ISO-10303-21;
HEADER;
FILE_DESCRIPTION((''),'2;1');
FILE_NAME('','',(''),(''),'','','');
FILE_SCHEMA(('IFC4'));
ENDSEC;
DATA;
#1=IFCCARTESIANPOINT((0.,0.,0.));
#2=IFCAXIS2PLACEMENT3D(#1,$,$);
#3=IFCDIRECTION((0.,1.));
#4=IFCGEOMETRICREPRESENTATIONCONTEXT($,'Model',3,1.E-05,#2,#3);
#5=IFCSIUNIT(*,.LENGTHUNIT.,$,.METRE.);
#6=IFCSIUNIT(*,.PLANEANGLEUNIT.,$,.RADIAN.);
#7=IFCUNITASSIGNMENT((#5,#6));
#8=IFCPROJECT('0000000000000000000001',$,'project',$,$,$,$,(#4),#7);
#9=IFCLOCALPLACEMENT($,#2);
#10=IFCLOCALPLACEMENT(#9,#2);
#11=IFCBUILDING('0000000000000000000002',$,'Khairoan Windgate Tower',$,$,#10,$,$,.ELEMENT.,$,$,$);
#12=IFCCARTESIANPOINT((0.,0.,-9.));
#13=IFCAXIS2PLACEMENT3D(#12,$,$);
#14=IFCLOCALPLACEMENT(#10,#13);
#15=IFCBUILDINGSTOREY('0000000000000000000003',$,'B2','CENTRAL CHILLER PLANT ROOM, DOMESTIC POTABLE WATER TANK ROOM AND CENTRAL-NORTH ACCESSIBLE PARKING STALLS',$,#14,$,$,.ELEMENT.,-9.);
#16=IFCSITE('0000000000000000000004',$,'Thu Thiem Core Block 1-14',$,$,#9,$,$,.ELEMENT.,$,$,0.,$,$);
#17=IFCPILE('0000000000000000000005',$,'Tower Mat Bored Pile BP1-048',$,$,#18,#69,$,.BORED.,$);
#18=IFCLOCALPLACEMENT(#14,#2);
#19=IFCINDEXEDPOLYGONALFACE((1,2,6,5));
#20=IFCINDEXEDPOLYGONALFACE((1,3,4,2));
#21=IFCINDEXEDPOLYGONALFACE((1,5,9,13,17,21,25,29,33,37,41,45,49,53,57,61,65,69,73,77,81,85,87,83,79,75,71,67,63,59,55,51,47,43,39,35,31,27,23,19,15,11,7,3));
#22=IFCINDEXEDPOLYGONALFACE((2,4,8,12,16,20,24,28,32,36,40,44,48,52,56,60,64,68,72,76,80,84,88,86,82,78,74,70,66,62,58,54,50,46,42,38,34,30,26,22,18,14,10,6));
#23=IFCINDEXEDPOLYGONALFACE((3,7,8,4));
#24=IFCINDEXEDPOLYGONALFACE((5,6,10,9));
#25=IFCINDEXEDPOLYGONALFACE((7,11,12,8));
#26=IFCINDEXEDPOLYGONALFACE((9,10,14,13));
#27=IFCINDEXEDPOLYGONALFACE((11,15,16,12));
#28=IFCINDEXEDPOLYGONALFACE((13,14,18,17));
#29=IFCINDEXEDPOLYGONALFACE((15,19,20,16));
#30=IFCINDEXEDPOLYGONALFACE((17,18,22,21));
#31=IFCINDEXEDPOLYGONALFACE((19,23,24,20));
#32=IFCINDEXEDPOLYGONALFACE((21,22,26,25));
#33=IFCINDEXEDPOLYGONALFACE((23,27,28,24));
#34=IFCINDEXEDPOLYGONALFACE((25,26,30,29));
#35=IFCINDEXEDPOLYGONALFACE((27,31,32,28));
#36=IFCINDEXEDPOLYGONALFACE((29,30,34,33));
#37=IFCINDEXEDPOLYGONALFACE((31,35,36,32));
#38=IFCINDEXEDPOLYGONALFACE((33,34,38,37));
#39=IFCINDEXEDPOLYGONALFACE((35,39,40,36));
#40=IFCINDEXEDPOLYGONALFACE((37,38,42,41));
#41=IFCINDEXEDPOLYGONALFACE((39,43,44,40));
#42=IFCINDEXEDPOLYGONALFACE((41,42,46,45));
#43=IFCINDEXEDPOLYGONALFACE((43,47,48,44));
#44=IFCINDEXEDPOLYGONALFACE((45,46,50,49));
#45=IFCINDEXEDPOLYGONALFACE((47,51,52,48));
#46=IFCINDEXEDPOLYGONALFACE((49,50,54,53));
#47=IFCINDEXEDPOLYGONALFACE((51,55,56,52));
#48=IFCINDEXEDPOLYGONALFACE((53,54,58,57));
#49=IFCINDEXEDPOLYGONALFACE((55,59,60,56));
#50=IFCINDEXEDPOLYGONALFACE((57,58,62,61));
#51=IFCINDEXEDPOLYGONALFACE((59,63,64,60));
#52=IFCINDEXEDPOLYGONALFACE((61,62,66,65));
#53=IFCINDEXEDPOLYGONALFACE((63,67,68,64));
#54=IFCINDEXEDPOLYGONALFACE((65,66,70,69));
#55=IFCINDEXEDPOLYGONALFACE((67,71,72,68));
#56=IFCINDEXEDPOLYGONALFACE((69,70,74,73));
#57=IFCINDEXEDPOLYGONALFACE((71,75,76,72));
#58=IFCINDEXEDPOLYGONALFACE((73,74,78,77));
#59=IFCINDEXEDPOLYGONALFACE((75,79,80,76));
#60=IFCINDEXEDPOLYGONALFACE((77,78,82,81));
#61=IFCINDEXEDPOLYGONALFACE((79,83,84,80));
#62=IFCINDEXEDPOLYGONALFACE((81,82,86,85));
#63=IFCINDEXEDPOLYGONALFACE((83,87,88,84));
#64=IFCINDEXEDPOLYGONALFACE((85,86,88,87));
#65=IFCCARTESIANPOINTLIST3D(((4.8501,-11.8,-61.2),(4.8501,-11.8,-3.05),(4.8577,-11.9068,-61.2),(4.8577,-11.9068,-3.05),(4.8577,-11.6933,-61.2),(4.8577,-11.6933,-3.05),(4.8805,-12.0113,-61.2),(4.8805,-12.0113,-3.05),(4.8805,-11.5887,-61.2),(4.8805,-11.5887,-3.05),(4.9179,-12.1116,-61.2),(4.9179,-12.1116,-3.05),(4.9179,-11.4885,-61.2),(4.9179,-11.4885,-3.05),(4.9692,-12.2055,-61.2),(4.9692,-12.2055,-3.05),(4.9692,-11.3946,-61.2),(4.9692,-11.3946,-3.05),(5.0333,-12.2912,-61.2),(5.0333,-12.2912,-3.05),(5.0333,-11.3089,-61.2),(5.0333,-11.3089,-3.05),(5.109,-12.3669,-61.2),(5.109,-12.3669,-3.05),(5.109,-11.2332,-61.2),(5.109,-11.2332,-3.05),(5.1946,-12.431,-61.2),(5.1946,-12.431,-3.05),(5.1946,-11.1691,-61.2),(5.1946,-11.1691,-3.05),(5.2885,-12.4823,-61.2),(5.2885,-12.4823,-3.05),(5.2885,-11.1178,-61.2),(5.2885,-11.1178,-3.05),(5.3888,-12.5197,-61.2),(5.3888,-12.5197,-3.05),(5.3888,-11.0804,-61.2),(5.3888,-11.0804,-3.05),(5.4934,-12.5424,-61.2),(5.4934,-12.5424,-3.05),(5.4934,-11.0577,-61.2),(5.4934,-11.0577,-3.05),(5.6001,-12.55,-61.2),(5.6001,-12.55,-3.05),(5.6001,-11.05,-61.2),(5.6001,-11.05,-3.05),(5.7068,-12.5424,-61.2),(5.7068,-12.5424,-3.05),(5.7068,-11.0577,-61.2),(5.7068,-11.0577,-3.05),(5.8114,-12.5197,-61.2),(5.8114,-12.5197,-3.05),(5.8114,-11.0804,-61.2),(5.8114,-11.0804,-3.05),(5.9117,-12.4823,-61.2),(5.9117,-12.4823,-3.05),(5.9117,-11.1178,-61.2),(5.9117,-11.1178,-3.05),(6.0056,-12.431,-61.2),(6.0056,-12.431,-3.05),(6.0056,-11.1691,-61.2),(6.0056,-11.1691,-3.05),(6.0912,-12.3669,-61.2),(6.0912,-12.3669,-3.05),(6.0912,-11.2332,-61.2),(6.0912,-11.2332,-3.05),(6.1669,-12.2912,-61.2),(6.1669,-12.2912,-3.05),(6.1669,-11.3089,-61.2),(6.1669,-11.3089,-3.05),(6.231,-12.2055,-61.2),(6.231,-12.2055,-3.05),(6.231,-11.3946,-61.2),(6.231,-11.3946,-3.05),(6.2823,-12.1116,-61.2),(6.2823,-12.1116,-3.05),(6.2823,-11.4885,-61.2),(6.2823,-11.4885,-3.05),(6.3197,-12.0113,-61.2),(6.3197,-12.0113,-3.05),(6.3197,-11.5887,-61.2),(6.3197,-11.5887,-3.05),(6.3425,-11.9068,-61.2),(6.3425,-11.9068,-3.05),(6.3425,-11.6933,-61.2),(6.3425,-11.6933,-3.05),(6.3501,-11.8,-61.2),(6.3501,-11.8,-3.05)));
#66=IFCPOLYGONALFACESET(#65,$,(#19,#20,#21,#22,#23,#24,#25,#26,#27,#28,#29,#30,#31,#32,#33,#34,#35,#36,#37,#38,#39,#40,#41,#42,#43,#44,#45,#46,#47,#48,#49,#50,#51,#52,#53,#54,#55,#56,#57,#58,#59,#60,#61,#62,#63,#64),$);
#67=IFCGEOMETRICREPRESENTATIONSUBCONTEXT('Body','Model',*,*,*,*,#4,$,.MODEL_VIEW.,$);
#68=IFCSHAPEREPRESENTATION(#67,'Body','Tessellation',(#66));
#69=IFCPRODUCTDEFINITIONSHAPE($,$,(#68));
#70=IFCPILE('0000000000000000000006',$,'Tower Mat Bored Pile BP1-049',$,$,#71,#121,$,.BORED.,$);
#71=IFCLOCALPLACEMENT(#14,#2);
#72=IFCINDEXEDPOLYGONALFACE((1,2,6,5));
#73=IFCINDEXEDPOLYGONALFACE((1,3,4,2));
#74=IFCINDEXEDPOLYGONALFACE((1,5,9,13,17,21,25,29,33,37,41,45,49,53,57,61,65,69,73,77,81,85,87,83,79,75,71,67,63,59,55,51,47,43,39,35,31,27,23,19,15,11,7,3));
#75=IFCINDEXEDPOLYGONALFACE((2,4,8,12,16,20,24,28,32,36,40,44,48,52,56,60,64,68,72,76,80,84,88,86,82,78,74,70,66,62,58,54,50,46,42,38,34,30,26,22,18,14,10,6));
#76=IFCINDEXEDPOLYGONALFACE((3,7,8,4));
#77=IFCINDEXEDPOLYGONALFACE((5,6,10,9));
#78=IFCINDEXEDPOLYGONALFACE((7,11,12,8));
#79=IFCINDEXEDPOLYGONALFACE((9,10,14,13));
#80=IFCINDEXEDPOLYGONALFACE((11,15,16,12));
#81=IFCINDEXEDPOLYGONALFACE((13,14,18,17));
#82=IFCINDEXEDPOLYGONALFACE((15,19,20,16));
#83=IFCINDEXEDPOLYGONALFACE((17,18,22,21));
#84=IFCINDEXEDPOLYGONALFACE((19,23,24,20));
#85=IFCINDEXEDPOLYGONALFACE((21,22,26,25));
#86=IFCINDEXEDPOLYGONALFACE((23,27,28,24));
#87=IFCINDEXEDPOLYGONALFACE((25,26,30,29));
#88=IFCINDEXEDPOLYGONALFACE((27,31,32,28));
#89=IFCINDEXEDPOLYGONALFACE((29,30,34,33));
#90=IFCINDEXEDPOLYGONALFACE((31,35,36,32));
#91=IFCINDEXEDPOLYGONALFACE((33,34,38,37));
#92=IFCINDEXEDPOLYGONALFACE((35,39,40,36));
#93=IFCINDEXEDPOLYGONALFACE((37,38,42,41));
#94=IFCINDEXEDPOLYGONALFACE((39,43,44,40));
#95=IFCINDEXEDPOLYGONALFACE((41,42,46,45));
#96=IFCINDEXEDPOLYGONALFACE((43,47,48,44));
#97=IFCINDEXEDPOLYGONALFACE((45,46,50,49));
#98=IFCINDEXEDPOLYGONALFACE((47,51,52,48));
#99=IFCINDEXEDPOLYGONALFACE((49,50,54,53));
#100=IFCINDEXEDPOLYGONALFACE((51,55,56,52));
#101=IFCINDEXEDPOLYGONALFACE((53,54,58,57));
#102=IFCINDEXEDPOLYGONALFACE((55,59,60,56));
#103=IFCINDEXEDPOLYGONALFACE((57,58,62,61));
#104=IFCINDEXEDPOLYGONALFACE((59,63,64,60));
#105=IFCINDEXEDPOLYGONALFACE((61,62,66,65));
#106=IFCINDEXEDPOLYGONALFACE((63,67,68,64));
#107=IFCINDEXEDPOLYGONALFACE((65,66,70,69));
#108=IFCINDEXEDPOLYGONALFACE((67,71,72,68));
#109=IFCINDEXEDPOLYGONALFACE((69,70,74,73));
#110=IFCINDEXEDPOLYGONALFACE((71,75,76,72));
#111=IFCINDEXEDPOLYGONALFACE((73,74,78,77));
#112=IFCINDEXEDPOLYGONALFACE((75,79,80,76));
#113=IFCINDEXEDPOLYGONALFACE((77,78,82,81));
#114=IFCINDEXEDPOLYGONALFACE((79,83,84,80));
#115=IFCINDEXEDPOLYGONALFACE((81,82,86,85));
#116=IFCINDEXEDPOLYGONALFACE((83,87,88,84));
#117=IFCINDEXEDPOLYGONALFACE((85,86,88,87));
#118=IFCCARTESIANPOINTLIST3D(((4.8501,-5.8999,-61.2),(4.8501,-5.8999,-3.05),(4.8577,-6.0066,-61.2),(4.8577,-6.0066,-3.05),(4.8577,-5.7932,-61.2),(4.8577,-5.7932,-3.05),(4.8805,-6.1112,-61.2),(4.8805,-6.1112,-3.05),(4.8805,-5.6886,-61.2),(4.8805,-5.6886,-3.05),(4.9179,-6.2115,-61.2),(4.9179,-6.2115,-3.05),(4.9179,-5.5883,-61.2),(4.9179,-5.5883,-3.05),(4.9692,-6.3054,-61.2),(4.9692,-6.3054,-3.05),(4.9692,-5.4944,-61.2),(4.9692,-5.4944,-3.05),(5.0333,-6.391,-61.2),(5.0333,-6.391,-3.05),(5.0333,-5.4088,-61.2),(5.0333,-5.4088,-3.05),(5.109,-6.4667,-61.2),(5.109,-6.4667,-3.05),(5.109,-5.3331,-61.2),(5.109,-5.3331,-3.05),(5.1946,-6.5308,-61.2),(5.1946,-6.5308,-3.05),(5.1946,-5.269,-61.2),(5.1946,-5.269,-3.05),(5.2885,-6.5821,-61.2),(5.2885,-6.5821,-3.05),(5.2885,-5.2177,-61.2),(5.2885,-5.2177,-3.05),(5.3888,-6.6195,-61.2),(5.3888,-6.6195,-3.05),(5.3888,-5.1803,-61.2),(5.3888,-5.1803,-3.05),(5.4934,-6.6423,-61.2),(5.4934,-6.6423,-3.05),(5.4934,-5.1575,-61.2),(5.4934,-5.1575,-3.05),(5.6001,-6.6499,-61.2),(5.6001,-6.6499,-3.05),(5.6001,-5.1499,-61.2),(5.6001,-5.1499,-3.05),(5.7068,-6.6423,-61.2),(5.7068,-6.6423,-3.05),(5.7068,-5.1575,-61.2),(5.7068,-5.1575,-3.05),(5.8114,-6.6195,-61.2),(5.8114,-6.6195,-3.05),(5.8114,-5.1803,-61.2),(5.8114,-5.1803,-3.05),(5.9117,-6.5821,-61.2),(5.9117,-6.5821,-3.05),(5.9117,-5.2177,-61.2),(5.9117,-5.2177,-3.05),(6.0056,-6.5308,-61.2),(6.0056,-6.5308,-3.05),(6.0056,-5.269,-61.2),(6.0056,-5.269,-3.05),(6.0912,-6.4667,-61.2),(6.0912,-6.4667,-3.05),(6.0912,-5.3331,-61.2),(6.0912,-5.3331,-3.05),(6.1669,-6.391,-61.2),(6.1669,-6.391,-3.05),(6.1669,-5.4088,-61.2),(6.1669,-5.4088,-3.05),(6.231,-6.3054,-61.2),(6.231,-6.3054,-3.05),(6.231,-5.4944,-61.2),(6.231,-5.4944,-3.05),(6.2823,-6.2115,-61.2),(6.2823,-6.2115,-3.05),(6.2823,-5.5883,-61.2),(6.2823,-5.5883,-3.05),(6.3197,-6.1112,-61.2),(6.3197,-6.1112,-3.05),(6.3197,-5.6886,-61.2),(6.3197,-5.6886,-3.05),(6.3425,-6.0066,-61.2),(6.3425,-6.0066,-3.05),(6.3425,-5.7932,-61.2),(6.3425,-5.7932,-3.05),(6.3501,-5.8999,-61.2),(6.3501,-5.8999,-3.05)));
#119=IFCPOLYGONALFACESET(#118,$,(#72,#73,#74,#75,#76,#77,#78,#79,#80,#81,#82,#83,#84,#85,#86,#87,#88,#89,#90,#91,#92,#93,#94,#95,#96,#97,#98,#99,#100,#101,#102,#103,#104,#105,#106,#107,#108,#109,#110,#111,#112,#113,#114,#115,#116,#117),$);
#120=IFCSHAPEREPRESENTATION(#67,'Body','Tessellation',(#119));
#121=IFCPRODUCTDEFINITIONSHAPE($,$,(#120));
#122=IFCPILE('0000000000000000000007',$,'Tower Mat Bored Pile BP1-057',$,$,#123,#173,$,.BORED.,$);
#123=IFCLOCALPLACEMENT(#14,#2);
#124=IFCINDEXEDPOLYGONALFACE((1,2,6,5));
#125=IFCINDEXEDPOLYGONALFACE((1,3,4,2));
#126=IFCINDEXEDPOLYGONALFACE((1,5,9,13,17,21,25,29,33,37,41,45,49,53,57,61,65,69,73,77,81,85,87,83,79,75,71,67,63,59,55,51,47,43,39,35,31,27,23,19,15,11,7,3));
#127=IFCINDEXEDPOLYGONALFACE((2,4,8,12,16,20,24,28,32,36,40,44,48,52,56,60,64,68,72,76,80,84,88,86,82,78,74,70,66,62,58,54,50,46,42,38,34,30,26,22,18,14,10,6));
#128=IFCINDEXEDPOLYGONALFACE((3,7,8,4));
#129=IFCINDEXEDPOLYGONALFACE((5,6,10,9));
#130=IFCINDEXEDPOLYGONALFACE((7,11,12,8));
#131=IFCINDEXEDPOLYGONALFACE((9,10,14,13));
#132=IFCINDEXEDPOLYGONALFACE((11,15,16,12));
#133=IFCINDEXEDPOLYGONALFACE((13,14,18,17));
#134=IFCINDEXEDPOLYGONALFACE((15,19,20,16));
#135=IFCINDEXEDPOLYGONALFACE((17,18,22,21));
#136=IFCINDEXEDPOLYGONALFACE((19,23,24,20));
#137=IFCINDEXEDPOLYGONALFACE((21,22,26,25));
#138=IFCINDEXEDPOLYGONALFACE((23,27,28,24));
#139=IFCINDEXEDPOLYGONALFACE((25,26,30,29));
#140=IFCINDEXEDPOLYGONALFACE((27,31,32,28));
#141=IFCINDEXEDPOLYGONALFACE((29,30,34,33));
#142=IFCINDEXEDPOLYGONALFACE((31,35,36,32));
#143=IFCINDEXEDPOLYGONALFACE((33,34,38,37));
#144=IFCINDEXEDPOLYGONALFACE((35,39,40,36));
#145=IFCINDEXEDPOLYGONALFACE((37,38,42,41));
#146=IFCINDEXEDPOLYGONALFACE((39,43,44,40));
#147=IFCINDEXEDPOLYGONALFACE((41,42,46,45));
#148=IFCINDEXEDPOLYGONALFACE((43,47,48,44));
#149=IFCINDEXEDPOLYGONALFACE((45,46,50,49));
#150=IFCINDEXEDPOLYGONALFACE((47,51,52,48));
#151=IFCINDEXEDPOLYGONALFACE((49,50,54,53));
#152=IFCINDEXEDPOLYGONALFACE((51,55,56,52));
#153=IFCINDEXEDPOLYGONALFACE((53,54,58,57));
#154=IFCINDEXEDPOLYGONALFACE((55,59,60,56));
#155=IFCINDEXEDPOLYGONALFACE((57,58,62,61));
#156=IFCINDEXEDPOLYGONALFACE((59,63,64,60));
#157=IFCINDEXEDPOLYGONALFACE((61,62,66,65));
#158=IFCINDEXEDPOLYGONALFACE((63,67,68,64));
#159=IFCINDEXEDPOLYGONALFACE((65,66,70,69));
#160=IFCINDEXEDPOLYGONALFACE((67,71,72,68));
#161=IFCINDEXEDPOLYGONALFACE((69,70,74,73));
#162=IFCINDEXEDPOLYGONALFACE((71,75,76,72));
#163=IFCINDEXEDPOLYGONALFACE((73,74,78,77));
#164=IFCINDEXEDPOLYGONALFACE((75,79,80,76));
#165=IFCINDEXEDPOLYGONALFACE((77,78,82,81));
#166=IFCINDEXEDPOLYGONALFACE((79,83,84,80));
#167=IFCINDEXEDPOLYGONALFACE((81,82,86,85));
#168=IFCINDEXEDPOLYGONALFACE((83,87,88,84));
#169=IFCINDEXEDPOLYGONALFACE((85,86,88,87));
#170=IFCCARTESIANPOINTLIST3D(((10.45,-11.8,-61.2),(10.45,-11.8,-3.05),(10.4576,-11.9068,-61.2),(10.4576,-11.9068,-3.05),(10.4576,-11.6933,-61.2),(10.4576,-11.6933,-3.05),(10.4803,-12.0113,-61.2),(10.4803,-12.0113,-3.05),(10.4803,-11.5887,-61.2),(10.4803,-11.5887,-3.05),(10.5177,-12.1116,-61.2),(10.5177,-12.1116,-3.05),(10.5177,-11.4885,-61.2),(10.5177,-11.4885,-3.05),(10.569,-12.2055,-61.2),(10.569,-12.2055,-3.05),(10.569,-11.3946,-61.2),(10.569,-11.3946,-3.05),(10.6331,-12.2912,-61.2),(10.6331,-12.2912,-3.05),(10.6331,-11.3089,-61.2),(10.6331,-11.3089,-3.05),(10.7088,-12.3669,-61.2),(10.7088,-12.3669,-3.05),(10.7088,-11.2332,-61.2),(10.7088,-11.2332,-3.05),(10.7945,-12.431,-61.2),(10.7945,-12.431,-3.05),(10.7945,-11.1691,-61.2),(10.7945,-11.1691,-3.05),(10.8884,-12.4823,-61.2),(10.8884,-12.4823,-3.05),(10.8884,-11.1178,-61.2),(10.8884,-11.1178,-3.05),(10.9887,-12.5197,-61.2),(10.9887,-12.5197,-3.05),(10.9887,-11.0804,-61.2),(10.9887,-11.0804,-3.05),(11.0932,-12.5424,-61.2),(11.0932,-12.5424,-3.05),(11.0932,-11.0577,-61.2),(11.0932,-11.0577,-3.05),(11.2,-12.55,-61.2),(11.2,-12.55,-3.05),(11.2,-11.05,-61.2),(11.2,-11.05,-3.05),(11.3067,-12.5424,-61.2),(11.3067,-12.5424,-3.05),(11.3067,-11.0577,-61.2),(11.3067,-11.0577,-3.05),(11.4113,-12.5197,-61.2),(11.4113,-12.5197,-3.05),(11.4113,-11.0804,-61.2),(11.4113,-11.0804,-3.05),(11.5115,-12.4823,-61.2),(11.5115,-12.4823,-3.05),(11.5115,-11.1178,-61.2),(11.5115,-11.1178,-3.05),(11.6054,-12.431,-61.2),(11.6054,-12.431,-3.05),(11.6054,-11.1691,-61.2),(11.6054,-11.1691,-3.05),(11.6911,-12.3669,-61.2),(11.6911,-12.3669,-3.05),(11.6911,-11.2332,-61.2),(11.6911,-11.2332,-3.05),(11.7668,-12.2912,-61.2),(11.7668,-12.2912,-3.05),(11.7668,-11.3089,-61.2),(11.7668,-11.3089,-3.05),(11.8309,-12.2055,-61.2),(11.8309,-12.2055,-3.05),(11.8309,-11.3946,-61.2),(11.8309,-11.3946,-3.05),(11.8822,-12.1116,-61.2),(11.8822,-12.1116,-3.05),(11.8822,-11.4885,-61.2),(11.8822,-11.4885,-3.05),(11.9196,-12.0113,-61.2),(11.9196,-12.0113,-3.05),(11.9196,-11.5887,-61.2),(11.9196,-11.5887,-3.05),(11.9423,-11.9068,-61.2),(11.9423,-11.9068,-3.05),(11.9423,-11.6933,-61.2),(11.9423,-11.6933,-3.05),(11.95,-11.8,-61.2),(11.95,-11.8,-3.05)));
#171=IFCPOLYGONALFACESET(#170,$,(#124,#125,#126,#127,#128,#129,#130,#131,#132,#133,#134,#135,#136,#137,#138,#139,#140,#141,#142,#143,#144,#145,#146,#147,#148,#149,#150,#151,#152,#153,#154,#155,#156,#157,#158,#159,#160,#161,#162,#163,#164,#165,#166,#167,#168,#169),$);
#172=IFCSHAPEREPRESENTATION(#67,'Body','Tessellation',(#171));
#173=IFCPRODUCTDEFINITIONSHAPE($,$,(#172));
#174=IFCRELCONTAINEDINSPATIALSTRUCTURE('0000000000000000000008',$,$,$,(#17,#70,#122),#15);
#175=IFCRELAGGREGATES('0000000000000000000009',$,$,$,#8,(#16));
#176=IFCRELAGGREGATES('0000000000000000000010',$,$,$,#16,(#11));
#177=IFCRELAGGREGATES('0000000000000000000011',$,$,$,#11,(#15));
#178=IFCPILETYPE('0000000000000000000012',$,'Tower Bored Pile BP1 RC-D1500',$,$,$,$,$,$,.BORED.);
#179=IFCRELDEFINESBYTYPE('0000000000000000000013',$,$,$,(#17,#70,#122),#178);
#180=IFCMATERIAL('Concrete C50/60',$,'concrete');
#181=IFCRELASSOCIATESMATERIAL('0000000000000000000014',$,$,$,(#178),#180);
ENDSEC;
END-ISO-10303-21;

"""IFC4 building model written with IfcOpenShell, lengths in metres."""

from ifc_helpers import new_model, si_unit, direction, frame, origin, origin_2d, place, context, subcontext, project, spatial, circle, extrude, material, material_profile, profile_set, type_object, element, save


model = new_model("IFC4")

# Units and contexts
model_context = context("Model", 3, precision=1e-05, world=origin(), true_north=direction((0.0, 1.0)))
body_context = subcontext(model_context, "Body", "Model", "MODEL_VIEW")
ifc_project = project(units=[si_unit("LENGTHUNIT", "METRE"), si_unit("PLANEANGLEUNIT", "RADIAN")], contexts=[model_context])

# Site, building, storey
site_placement = place(None, origin())
site = spatial("IfcSite", under=ifc_project, at=site_placement, Name="Thu Thiem Core Block 1-14", CompositionType="ELEMENT", RefElevation=0.0)
building_placement = place(site_placement, origin())
building = spatial("IfcBuilding", under=site, at=building_placement, Name="Khairoan Windgate Tower", CompositionType="ELEMENT")
storey_placement = place(building_placement, frame((0.0, 0.0, -9.0)))
storey = spatial("IfcBuildingStorey", under=building, at=storey_placement, Name="B2", Description="CENTRAL CHILLER PLANT ROOM, DOMESTIC POTABLE WATER TANK ROOM AND CENTRAL-NORTH ACCESSIBLE PARKING STALLS", CompositionType="ELEMENT", Elevation=-9.0)

# Piles
ifc_material_1 = material(Name="Concrete C50/60", Category="concrete")
ifc_material_profile_1 = material_profile(ifc_material_1, circle(Radius=0.75, at=origin_2d()))
ifc_profile_set_1 = profile_set([ifc_material_profile_1], Name="Concrete C50/60")
pile_type = type_object("IfcPileType", Name="Tower Bored Pile BP1 RC-D1500", PredefinedType="BORED", material=ifc_profile_set_1)
for number, where, z_axis, x_axis, name in (
    (1, (5.6001, -11.8, -3.05), (0.0, 0.0, -1.0), (1.0, 0.0, 0.0), "Tower Mat Bored Pile BP1-048"),
    (2, (5.6001, -5.8999, -3.05), (0.0, 0.0, -1.0), (1.0, 0.0, 0.0), "Tower Mat Bored Pile BP1-049"),
    (3, (11.2, -11.8, -3.05), (0.0, 0.0, -1.0), (1.0, 0.0, 0.0), "Tower Mat Bored Pile BP1-057"),
):
    element("IfcPile", number, at=place(storey_placement, frame(where, z_axis=z_axis, x_axis=x_axis)), inside=storey, type_object=pile_type, Name=name, PredefinedType="BORED", context=body_context, shape_type="SweptSolid", body=[
        extrude(circle(Radius=0.75, at=origin_2d()), origin(), (0.0, 0.0, 1.0), 58.1499),
    ])

save(model, "model.ifc")
